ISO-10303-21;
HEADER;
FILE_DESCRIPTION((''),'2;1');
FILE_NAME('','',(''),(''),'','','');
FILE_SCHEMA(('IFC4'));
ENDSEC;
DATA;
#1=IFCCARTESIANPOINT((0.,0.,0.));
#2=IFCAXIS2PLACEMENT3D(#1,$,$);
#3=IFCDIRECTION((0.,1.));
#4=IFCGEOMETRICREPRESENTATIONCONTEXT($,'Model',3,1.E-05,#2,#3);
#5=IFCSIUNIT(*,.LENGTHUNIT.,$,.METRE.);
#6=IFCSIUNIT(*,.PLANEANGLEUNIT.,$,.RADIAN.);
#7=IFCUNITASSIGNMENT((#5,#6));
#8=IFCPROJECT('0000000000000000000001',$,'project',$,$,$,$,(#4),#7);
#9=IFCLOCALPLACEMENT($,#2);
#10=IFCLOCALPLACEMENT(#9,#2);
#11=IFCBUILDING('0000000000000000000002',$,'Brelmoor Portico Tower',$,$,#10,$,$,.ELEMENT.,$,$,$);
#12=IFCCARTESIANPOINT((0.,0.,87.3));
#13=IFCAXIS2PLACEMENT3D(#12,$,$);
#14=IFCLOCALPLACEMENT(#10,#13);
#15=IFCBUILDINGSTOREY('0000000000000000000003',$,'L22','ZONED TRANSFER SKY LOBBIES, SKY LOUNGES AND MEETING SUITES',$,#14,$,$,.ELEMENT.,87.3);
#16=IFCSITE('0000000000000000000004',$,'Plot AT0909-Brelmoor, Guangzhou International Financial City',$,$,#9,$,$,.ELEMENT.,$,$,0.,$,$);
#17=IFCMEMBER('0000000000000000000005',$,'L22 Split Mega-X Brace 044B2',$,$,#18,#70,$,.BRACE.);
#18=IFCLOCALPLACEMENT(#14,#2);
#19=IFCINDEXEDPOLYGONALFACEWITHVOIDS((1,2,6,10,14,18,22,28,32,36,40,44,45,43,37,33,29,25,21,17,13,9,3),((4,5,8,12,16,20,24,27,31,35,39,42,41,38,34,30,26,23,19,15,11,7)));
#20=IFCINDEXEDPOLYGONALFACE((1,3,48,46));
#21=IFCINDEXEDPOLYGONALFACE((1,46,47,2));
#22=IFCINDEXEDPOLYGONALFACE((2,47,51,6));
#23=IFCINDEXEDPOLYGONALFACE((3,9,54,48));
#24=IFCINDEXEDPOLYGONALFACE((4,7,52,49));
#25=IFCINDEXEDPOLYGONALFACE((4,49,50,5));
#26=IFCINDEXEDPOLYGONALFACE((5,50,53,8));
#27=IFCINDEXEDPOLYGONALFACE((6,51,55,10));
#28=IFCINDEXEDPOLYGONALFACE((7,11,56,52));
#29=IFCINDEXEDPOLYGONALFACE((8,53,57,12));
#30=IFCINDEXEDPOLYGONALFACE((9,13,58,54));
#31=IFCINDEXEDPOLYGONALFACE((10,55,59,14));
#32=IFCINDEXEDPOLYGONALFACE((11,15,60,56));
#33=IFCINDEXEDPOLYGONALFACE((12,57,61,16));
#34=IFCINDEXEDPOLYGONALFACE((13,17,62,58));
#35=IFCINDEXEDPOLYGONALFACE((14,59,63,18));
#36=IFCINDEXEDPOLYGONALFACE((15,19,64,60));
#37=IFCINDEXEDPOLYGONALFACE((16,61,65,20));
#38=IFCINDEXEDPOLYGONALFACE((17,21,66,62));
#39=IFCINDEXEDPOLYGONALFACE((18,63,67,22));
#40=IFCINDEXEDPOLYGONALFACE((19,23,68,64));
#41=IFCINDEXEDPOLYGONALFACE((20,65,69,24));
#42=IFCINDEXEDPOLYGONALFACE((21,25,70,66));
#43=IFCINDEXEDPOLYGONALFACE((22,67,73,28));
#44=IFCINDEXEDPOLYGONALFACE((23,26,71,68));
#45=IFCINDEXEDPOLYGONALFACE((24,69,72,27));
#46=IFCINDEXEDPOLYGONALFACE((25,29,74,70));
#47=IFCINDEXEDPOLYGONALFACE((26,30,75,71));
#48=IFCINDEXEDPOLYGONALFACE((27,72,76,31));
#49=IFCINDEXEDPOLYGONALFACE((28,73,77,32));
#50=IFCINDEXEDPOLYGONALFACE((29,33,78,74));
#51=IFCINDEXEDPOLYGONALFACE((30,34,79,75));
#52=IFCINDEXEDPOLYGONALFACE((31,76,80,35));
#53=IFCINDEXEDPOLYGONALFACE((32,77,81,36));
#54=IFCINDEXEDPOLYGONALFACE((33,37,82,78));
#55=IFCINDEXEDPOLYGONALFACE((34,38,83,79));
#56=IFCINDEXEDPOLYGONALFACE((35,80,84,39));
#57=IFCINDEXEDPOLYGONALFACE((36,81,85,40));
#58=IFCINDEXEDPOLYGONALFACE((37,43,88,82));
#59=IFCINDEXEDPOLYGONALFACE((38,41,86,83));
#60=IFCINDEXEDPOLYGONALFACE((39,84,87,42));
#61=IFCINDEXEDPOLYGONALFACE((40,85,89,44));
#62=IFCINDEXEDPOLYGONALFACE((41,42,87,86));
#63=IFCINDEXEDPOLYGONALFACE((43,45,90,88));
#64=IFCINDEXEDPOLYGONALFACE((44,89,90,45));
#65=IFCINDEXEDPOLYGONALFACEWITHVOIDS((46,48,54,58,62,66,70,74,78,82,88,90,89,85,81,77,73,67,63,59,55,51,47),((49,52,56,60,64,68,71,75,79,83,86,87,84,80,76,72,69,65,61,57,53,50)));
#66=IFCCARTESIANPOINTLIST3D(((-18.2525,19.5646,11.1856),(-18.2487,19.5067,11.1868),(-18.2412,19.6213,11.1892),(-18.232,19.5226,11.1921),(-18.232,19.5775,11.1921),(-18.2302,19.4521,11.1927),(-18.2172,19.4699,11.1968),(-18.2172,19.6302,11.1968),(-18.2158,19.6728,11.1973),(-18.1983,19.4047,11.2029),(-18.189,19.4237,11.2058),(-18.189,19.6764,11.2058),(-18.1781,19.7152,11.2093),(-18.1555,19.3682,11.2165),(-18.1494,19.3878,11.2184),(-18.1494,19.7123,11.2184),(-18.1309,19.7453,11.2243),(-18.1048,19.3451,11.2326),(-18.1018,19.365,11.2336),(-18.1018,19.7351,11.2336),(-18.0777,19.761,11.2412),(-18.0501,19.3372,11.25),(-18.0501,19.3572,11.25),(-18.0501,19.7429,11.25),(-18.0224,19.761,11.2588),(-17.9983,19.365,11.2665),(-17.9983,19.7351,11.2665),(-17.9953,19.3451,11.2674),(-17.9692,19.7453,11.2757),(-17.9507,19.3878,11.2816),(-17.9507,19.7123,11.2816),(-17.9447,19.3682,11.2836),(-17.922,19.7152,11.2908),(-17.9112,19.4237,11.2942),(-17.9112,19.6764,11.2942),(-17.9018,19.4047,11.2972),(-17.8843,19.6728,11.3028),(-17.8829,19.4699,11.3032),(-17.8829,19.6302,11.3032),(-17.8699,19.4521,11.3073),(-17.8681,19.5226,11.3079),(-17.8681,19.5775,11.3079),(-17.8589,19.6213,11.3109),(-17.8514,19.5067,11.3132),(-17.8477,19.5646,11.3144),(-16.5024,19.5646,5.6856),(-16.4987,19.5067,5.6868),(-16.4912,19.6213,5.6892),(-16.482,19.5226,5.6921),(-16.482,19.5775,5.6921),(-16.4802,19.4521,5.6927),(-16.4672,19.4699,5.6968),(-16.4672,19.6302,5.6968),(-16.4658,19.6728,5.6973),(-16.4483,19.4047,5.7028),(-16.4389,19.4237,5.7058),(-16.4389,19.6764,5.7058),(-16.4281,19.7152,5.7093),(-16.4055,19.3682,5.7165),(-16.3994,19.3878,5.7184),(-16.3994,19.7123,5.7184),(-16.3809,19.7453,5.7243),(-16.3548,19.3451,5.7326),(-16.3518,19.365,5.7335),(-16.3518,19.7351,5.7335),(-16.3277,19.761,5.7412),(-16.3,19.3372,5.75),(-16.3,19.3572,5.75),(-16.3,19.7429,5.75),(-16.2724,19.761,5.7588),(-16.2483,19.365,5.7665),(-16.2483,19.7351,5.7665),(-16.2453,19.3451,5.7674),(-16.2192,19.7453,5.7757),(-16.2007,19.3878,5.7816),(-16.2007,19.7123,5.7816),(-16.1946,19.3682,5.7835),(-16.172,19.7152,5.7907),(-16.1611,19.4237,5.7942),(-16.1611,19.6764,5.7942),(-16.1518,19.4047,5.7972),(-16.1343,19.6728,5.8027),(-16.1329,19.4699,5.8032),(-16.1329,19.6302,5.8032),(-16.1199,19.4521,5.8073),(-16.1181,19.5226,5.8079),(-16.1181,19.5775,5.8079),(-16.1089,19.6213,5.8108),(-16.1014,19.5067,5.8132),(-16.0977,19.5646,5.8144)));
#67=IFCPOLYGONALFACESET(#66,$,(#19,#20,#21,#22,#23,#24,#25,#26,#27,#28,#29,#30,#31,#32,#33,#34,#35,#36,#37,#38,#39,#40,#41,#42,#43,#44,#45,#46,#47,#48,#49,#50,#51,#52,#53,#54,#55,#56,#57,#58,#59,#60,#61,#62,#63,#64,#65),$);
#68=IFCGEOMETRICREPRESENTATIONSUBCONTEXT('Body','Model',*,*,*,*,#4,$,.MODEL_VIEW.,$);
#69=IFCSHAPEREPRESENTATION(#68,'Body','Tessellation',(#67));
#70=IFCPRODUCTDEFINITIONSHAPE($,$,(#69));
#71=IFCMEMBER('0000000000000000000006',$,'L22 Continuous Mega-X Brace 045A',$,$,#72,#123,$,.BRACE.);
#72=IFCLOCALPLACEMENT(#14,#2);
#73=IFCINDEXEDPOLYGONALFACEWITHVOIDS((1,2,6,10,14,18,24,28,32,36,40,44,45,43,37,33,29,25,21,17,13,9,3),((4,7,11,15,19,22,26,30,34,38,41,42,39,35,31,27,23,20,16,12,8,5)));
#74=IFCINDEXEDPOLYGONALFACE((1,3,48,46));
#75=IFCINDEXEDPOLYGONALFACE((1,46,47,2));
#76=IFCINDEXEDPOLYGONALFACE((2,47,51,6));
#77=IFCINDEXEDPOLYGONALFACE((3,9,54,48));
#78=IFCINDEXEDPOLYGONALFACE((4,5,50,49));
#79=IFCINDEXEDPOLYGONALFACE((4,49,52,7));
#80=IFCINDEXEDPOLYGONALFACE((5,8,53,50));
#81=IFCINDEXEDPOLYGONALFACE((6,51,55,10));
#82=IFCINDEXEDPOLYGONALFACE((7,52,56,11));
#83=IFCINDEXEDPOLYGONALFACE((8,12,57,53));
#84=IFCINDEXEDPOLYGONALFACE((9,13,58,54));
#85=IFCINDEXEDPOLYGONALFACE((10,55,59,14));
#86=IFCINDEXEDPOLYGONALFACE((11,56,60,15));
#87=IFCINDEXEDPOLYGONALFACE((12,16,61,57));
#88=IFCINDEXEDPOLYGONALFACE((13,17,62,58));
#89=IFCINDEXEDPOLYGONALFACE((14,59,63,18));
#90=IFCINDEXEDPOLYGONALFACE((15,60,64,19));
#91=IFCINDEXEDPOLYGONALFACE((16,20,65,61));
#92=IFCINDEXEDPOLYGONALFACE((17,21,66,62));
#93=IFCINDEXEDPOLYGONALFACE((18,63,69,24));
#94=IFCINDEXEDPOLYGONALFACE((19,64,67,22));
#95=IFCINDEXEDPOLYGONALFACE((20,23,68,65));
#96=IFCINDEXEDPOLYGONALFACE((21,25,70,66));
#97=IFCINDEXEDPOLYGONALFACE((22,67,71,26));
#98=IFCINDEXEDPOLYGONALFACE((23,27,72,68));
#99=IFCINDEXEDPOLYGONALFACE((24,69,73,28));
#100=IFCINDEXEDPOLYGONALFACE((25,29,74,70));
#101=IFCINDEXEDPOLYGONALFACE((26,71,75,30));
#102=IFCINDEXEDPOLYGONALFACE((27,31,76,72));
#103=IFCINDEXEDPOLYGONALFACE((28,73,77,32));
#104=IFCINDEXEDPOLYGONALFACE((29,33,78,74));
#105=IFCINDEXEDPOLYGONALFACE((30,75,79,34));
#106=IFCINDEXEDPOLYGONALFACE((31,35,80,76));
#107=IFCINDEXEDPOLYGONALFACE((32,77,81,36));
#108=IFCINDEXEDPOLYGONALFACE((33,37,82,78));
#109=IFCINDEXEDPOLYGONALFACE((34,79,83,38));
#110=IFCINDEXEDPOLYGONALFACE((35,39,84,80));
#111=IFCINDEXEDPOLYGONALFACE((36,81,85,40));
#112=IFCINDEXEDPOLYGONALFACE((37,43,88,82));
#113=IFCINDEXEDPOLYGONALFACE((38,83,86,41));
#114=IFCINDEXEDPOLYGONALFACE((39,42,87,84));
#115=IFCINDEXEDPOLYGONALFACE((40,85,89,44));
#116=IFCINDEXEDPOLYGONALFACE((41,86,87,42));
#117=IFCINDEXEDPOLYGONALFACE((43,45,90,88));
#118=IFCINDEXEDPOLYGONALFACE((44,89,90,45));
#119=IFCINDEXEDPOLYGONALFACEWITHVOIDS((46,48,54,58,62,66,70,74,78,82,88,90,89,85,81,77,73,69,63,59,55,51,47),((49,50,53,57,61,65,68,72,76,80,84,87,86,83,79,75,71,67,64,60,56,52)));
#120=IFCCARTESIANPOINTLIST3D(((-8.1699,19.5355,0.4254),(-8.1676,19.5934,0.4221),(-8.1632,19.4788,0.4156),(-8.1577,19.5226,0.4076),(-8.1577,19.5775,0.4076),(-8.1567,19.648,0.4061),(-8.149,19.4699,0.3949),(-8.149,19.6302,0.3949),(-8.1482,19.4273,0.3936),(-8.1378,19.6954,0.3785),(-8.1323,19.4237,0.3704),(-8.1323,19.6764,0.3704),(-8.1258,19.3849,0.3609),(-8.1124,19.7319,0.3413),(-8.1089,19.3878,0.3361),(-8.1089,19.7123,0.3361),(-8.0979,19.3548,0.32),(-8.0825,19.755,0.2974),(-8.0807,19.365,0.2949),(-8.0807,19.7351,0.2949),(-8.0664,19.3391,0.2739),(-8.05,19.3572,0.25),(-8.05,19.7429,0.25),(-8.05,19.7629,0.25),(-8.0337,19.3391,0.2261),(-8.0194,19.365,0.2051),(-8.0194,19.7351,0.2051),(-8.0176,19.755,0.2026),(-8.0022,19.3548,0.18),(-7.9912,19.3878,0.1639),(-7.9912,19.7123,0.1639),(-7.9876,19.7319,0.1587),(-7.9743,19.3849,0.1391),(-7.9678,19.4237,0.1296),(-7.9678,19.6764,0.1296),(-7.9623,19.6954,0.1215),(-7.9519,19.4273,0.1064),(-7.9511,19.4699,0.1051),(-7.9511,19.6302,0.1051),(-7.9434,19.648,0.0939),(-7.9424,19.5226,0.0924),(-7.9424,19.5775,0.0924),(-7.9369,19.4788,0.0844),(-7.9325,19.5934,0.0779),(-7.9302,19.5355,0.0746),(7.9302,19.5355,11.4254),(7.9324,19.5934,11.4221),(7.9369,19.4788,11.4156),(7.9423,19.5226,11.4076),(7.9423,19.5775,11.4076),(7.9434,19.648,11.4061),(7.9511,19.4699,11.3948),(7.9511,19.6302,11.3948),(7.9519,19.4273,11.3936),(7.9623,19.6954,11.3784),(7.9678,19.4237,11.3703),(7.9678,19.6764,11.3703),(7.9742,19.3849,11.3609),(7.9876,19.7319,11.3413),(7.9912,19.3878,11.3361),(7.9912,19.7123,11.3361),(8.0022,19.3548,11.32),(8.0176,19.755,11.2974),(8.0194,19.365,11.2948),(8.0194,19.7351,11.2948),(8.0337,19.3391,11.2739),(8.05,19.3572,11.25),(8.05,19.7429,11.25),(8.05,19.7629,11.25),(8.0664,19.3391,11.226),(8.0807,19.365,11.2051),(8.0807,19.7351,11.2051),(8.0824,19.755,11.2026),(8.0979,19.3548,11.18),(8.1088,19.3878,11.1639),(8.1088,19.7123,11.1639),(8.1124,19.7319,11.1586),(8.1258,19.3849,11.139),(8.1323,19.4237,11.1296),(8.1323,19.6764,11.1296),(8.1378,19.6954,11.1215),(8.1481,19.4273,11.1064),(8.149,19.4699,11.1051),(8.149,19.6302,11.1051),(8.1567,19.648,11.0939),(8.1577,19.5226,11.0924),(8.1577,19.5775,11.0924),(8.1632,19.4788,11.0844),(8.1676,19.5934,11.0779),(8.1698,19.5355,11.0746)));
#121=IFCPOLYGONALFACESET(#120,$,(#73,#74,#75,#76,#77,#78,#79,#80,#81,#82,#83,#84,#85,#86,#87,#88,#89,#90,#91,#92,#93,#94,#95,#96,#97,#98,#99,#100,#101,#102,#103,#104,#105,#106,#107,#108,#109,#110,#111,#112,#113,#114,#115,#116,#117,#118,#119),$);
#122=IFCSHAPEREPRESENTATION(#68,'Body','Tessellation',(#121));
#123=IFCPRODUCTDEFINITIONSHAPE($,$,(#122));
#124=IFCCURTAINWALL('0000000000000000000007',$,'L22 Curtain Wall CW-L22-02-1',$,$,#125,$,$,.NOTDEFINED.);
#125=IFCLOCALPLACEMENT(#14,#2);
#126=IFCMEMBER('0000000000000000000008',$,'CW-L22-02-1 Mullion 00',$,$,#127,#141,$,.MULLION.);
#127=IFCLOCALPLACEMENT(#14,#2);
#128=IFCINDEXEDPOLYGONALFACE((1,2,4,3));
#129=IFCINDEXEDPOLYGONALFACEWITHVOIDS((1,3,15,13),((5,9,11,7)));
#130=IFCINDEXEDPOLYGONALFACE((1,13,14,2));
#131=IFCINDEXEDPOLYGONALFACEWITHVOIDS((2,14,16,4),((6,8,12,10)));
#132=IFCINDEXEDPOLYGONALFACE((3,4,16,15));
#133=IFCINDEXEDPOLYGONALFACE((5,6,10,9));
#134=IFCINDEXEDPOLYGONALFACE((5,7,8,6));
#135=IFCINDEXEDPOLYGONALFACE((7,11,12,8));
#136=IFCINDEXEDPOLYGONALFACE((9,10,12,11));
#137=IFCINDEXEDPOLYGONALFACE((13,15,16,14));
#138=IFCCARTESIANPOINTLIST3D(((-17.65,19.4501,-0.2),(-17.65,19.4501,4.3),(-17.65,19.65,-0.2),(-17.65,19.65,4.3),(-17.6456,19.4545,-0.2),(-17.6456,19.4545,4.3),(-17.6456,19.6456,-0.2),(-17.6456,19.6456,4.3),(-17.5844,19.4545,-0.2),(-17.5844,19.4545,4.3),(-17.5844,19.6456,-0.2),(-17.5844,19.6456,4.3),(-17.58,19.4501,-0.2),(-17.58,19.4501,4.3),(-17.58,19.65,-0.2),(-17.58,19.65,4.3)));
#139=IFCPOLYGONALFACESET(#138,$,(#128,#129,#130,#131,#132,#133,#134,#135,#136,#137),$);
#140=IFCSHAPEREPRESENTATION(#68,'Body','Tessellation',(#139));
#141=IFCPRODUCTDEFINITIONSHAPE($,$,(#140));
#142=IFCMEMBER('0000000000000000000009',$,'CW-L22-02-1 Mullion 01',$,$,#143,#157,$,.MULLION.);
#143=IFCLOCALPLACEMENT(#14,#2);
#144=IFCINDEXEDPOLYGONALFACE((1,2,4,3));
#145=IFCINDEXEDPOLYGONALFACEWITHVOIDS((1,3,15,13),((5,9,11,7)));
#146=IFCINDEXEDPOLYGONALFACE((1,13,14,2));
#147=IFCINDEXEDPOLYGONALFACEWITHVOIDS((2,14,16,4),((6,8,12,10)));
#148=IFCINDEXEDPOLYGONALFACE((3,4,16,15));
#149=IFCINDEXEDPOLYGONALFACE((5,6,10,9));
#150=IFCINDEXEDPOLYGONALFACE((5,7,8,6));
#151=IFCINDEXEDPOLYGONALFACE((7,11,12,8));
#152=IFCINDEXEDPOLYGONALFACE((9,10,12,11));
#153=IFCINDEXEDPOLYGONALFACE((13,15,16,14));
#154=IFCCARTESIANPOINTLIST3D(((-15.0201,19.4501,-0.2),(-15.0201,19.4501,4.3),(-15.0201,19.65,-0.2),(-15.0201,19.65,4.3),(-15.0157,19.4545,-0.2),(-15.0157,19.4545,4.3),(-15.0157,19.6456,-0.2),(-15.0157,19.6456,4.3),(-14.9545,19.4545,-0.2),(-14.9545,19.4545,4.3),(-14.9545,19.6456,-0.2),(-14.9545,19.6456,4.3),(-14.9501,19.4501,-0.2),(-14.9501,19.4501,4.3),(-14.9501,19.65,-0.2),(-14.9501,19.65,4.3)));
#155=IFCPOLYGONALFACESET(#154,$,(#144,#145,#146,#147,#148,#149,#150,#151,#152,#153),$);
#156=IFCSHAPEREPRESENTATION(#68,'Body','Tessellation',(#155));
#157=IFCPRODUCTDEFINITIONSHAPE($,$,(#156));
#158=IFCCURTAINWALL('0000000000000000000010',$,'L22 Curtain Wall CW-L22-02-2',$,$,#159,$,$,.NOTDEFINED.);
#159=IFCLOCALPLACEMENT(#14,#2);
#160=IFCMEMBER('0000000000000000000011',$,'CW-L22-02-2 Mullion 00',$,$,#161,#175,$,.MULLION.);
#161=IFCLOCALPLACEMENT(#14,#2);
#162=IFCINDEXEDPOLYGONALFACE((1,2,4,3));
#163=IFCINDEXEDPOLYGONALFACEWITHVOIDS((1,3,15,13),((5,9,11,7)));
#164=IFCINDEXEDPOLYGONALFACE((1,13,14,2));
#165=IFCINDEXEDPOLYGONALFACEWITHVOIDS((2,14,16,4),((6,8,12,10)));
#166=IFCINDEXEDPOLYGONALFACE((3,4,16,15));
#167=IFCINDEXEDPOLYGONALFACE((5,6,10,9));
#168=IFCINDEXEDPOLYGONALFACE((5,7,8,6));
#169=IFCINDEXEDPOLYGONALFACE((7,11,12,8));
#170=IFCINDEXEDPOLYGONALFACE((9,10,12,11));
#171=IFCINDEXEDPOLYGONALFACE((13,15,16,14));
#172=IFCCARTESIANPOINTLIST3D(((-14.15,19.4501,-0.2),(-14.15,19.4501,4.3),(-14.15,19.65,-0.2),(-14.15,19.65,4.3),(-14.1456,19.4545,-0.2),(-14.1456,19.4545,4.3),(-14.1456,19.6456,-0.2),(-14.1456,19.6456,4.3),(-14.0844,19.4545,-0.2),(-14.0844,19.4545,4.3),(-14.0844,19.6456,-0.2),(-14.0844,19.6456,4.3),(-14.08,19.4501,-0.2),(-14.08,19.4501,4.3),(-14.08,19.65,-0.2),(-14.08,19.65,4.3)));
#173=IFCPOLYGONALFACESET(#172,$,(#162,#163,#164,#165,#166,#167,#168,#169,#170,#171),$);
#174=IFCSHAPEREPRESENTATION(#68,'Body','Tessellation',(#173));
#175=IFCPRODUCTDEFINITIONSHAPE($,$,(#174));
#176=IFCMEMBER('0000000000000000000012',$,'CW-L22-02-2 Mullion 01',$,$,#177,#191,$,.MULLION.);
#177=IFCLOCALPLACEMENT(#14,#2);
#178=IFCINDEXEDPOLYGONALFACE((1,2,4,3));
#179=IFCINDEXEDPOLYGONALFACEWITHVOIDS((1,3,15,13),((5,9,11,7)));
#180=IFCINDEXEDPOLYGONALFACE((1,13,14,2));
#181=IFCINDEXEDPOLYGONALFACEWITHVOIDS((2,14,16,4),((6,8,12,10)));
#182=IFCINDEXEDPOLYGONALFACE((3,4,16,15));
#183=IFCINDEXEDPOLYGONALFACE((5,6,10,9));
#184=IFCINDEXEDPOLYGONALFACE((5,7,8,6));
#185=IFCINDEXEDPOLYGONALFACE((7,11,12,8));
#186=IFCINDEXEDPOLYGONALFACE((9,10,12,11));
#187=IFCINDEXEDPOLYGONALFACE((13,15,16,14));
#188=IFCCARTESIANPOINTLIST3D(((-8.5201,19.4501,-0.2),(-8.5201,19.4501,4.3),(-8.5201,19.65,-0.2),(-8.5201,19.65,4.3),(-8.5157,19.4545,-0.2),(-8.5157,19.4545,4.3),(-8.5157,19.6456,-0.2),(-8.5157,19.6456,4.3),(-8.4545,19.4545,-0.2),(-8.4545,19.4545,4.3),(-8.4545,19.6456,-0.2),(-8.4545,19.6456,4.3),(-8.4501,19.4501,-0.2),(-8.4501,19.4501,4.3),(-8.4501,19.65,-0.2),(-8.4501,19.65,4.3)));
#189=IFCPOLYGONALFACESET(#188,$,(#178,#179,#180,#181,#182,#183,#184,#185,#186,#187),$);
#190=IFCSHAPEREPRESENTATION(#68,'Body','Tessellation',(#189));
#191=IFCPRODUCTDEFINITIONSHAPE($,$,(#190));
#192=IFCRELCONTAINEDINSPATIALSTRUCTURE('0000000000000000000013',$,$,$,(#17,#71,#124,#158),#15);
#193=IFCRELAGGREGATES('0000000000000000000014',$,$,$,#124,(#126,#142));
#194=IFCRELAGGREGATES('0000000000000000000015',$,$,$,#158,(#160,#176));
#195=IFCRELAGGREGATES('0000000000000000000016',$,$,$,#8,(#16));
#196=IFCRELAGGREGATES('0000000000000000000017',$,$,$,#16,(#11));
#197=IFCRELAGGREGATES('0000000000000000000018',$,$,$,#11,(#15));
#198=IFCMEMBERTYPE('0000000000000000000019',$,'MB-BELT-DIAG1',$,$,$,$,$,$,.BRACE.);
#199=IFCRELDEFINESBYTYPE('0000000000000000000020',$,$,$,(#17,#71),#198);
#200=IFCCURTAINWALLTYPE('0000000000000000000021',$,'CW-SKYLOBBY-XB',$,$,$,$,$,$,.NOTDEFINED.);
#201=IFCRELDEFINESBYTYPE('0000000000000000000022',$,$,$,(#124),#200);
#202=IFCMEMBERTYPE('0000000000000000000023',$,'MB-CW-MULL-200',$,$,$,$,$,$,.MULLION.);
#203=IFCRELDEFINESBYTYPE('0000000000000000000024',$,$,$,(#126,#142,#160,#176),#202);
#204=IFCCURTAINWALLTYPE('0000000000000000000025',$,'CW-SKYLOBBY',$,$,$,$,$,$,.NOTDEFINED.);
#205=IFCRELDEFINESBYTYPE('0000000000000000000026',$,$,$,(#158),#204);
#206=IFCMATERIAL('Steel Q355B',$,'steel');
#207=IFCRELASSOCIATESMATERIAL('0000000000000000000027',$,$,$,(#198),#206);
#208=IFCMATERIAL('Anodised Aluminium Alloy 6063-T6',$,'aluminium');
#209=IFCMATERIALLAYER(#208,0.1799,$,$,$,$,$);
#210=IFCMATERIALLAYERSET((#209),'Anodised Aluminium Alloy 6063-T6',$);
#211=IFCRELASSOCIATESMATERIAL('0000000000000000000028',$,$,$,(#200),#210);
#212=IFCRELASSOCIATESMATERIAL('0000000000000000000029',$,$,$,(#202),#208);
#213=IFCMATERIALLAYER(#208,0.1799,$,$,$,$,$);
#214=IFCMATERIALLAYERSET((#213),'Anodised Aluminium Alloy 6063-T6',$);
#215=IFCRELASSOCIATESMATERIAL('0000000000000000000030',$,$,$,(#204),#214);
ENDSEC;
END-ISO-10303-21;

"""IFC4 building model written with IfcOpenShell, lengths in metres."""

from ifc_helpers import new_model, si_unit, direction, frame, origin, origin_2d, place, context, subcontext, project, spatial, hollow_rectangle, hollow_circle, extrude, material, layer, layer_set, material_profile, profile_set, type_object, element, aggregate, save


model = new_model("IFC4")

# Units and contexts
model_context = context("Model", 3, precision=1e-05, world=origin(), true_north=direction((0.0, 1.0)))
body_context = subcontext(model_context, "Body", "Model", "MODEL_VIEW")
ifc_project = project(units=[si_unit("LENGTHUNIT", "METRE"), si_unit("PLANEANGLEUNIT", "RADIAN")], contexts=[model_context])

# Site, building, storey
site_placement = place(None, origin())
site = spatial("IfcSite", under=ifc_project, at=site_placement, Name="Plot AT0909-Brelmoor, Guangzhou International Financial City", CompositionType="ELEMENT", RefElevation=0.0)
building_placement = place(site_placement, origin())
building = spatial("IfcBuilding", under=site, at=building_placement, Name="Brelmoor Portico Tower", CompositionType="ELEMENT")
storey_placement = place(building_placement, frame((0.0, 0.0, 87.3)))
storey = spatial("IfcBuildingStorey", under=building, at=storey_placement, Name="L22", Description="ZONED TRANSFER SKY LOBBIES, SKY LOUNGES AND MEETING SUITES", CompositionType="ELEMENT", Elevation=87.3)

# Shared definitions
ifc_material_1 = material(Name="Steel Q355B", Category="steel")

# Members
ifc_material_profile_1 = material_profile(ifc_material_1, hollow_circle(Radius=0.2129, WallThickness=0.02, at=origin_2d()), Name="CHS 426x20")
ifc_profile_set_1 = profile_set([ifc_material_profile_1], Name="Steel Q355B")
member_type_1 = type_object("IfcMemberType", Name="MB-BELT-DIAG1", PredefinedType="BRACE", material=ifc_profile_set_1)
for number, where, z_axis, x_axis, name in (
    (1, (-16.3, 19.55, 5.75), (-0.303204, 0.0, 0.952926), (0.0, -1.0, 0.0), "L22 Split Mega-X Brace 044B2"),
):
    element("IfcMember", number, at=place(storey_placement, frame(where, z_axis=z_axis, x_axis=x_axis)), inside=storey, type_object=member_type_1, Name=name, PredefinedType="BRACE", context=body_context, shape_type="SweptSolid", body=[
        extrude(hollow_circle(Radius=0.2129, WallThickness=0.02, at=origin_2d()), origin(), (0.0, 0.0, 1.0), 5.7717),
    ])
member_1_placement = place(storey_placement, frame((-8.05, 19.55, 0.25), z_axis=(0.825686, 0.0, 0.56413), x_axis=(0.0, 1.0, 0.0)))
element("IfcMember", 2, at=member_1_placement, inside=storey, type_object=member_type_1, Name="L22 Continuous Mega-X Brace 045A", PredefinedType="BRACE", context=body_context, shape_type="SweptSolid", body=[
    extrude(hollow_circle(Radius=0.2129, WallThickness=0.02, at=origin_2d()), origin(), (0.0, 0.0, 1.0), 19.499),
])

# Curtain walls, members
ifc_material_2 = material(Name="Anodised Aluminium Alloy 6063-T6", Category="aluminium")
ifc_layer_1 = layer(ifc_material_2, 0.1799)
ifc_layer_set_1 = layer_set([ifc_layer_1], Name="Anodised Aluminium Alloy 6063-T6")
curtain_wall_type_1 = type_object("IfcCurtainWallType", Name="CW-SKYLOBBY-XB", PredefinedType="NOTDEFINED", material=ifc_layer_set_1)
curtain_wall_1_placement = place(storey_placement, origin())
curtain_wall_1 = element("IfcCurtainWall", 3, at=curtain_wall_1_placement, inside=storey, type_object=curtain_wall_type_1, Name="L22 Curtain Wall CW-L22-02-1", PredefinedType="NOTDEFINED")
ifc_material_profile_2 = material_profile(ifc_material_2, hollow_rectangle(XDim=0.0701, YDim=0.2, WallThickness=0.0044, at=origin_2d()), Name="ALU MULLION 70x200")
ifc_profile_set_2 = profile_set([ifc_material_profile_2], Name="Anodised Aluminium Alloy 6063-T6")
member_type_2 = type_object("IfcMemberType", Name="MB-CW-MULL-200", PredefinedType="MULLION", material=ifc_profile_set_2)
member_2_placement = place(storey_placement, frame((-17.615, 19.55, -0.2), z_axis=(0.0, 0.0, 1.0), x_axis=(1.0, 0.0, 0.0)))
member_2 = element("IfcMember", 4, at=member_2_placement, type_object=member_type_2, Name="CW-L22-02-1 Mullion 00", PredefinedType="MULLION", context=body_context, shape_type="SweptSolid", body=[
    extrude(hollow_rectangle(XDim=0.0701, YDim=0.2, WallThickness=0.0044, at=origin_2d()), origin(), (0.0, 0.0, 1.0), 4.5),
])
member_3_placement = place(storey_placement, frame((-14.9851, 19.55, -0.2), z_axis=(0.0, 0.0, 1.0), x_axis=(1.0, 0.0, 0.0)))
member_3 = element("IfcMember", 5, at=member_3_placement, type_object=member_type_2, Name="CW-L22-02-1 Mullion 01", PredefinedType="MULLION", context=body_context, shape_type="SweptSolid", body=[
    extrude(hollow_rectangle(XDim=0.0701, YDim=0.2, WallThickness=0.0044, at=origin_2d()), origin(), (0.0, 0.0, 1.0), 4.5),
])
ifc_layer_2 = layer(ifc_material_2, 0.1799)
ifc_layer_set_2 = layer_set([ifc_layer_2], Name="Anodised Aluminium Alloy 6063-T6")
curtain_wall_type_2 = type_object("IfcCurtainWallType", Name="CW-SKYLOBBY", PredefinedType="NOTDEFINED", material=ifc_layer_set_2)
curtain_wall_2_placement = place(storey_placement, origin())
curtain_wall_2 = element("IfcCurtainWall", 6, at=curtain_wall_2_placement, inside=storey, type_object=curtain_wall_type_2, Name="L22 Curtain Wall CW-L22-02-2", PredefinedType="NOTDEFINED")
member_4_placement = place(storey_placement, frame((-14.115, 19.55, -0.2), z_axis=(0.0, 0.0, 1.0), x_axis=(1.0, 0.0, 0.0)))
member_4 = element("IfcMember", 7, at=member_4_placement, type_object=member_type_2, Name="CW-L22-02-2 Mullion 00", PredefinedType="MULLION", context=body_context, shape_type="SweptSolid", body=[
    extrude(hollow_rectangle(XDim=0.0701, YDim=0.2, WallThickness=0.0044, at=origin_2d()), origin(), (0.0, 0.0, 1.0), 4.5),
])
member_5_placement = place(storey_placement, frame((-8.4851, 19.55, -0.2), z_axis=(0.0, 0.0, 1.0), x_axis=(1.0, 0.0, 0.0)))
member_5 = element("IfcMember", 8, at=member_5_placement, type_object=member_type_2, Name="CW-L22-02-2 Mullion 01", PredefinedType="MULLION", context=body_context, shape_type="SweptSolid", body=[
    extrude(hollow_rectangle(XDim=0.0701, YDim=0.2, WallThickness=0.0044, at=origin_2d()), origin(), (0.0, 0.0, 1.0), 4.5),
])

aggregate(curtain_wall_1, [member_2, member_3])
aggregate(curtain_wall_2, [member_4, member_5])

save(model, "model.ifc")
